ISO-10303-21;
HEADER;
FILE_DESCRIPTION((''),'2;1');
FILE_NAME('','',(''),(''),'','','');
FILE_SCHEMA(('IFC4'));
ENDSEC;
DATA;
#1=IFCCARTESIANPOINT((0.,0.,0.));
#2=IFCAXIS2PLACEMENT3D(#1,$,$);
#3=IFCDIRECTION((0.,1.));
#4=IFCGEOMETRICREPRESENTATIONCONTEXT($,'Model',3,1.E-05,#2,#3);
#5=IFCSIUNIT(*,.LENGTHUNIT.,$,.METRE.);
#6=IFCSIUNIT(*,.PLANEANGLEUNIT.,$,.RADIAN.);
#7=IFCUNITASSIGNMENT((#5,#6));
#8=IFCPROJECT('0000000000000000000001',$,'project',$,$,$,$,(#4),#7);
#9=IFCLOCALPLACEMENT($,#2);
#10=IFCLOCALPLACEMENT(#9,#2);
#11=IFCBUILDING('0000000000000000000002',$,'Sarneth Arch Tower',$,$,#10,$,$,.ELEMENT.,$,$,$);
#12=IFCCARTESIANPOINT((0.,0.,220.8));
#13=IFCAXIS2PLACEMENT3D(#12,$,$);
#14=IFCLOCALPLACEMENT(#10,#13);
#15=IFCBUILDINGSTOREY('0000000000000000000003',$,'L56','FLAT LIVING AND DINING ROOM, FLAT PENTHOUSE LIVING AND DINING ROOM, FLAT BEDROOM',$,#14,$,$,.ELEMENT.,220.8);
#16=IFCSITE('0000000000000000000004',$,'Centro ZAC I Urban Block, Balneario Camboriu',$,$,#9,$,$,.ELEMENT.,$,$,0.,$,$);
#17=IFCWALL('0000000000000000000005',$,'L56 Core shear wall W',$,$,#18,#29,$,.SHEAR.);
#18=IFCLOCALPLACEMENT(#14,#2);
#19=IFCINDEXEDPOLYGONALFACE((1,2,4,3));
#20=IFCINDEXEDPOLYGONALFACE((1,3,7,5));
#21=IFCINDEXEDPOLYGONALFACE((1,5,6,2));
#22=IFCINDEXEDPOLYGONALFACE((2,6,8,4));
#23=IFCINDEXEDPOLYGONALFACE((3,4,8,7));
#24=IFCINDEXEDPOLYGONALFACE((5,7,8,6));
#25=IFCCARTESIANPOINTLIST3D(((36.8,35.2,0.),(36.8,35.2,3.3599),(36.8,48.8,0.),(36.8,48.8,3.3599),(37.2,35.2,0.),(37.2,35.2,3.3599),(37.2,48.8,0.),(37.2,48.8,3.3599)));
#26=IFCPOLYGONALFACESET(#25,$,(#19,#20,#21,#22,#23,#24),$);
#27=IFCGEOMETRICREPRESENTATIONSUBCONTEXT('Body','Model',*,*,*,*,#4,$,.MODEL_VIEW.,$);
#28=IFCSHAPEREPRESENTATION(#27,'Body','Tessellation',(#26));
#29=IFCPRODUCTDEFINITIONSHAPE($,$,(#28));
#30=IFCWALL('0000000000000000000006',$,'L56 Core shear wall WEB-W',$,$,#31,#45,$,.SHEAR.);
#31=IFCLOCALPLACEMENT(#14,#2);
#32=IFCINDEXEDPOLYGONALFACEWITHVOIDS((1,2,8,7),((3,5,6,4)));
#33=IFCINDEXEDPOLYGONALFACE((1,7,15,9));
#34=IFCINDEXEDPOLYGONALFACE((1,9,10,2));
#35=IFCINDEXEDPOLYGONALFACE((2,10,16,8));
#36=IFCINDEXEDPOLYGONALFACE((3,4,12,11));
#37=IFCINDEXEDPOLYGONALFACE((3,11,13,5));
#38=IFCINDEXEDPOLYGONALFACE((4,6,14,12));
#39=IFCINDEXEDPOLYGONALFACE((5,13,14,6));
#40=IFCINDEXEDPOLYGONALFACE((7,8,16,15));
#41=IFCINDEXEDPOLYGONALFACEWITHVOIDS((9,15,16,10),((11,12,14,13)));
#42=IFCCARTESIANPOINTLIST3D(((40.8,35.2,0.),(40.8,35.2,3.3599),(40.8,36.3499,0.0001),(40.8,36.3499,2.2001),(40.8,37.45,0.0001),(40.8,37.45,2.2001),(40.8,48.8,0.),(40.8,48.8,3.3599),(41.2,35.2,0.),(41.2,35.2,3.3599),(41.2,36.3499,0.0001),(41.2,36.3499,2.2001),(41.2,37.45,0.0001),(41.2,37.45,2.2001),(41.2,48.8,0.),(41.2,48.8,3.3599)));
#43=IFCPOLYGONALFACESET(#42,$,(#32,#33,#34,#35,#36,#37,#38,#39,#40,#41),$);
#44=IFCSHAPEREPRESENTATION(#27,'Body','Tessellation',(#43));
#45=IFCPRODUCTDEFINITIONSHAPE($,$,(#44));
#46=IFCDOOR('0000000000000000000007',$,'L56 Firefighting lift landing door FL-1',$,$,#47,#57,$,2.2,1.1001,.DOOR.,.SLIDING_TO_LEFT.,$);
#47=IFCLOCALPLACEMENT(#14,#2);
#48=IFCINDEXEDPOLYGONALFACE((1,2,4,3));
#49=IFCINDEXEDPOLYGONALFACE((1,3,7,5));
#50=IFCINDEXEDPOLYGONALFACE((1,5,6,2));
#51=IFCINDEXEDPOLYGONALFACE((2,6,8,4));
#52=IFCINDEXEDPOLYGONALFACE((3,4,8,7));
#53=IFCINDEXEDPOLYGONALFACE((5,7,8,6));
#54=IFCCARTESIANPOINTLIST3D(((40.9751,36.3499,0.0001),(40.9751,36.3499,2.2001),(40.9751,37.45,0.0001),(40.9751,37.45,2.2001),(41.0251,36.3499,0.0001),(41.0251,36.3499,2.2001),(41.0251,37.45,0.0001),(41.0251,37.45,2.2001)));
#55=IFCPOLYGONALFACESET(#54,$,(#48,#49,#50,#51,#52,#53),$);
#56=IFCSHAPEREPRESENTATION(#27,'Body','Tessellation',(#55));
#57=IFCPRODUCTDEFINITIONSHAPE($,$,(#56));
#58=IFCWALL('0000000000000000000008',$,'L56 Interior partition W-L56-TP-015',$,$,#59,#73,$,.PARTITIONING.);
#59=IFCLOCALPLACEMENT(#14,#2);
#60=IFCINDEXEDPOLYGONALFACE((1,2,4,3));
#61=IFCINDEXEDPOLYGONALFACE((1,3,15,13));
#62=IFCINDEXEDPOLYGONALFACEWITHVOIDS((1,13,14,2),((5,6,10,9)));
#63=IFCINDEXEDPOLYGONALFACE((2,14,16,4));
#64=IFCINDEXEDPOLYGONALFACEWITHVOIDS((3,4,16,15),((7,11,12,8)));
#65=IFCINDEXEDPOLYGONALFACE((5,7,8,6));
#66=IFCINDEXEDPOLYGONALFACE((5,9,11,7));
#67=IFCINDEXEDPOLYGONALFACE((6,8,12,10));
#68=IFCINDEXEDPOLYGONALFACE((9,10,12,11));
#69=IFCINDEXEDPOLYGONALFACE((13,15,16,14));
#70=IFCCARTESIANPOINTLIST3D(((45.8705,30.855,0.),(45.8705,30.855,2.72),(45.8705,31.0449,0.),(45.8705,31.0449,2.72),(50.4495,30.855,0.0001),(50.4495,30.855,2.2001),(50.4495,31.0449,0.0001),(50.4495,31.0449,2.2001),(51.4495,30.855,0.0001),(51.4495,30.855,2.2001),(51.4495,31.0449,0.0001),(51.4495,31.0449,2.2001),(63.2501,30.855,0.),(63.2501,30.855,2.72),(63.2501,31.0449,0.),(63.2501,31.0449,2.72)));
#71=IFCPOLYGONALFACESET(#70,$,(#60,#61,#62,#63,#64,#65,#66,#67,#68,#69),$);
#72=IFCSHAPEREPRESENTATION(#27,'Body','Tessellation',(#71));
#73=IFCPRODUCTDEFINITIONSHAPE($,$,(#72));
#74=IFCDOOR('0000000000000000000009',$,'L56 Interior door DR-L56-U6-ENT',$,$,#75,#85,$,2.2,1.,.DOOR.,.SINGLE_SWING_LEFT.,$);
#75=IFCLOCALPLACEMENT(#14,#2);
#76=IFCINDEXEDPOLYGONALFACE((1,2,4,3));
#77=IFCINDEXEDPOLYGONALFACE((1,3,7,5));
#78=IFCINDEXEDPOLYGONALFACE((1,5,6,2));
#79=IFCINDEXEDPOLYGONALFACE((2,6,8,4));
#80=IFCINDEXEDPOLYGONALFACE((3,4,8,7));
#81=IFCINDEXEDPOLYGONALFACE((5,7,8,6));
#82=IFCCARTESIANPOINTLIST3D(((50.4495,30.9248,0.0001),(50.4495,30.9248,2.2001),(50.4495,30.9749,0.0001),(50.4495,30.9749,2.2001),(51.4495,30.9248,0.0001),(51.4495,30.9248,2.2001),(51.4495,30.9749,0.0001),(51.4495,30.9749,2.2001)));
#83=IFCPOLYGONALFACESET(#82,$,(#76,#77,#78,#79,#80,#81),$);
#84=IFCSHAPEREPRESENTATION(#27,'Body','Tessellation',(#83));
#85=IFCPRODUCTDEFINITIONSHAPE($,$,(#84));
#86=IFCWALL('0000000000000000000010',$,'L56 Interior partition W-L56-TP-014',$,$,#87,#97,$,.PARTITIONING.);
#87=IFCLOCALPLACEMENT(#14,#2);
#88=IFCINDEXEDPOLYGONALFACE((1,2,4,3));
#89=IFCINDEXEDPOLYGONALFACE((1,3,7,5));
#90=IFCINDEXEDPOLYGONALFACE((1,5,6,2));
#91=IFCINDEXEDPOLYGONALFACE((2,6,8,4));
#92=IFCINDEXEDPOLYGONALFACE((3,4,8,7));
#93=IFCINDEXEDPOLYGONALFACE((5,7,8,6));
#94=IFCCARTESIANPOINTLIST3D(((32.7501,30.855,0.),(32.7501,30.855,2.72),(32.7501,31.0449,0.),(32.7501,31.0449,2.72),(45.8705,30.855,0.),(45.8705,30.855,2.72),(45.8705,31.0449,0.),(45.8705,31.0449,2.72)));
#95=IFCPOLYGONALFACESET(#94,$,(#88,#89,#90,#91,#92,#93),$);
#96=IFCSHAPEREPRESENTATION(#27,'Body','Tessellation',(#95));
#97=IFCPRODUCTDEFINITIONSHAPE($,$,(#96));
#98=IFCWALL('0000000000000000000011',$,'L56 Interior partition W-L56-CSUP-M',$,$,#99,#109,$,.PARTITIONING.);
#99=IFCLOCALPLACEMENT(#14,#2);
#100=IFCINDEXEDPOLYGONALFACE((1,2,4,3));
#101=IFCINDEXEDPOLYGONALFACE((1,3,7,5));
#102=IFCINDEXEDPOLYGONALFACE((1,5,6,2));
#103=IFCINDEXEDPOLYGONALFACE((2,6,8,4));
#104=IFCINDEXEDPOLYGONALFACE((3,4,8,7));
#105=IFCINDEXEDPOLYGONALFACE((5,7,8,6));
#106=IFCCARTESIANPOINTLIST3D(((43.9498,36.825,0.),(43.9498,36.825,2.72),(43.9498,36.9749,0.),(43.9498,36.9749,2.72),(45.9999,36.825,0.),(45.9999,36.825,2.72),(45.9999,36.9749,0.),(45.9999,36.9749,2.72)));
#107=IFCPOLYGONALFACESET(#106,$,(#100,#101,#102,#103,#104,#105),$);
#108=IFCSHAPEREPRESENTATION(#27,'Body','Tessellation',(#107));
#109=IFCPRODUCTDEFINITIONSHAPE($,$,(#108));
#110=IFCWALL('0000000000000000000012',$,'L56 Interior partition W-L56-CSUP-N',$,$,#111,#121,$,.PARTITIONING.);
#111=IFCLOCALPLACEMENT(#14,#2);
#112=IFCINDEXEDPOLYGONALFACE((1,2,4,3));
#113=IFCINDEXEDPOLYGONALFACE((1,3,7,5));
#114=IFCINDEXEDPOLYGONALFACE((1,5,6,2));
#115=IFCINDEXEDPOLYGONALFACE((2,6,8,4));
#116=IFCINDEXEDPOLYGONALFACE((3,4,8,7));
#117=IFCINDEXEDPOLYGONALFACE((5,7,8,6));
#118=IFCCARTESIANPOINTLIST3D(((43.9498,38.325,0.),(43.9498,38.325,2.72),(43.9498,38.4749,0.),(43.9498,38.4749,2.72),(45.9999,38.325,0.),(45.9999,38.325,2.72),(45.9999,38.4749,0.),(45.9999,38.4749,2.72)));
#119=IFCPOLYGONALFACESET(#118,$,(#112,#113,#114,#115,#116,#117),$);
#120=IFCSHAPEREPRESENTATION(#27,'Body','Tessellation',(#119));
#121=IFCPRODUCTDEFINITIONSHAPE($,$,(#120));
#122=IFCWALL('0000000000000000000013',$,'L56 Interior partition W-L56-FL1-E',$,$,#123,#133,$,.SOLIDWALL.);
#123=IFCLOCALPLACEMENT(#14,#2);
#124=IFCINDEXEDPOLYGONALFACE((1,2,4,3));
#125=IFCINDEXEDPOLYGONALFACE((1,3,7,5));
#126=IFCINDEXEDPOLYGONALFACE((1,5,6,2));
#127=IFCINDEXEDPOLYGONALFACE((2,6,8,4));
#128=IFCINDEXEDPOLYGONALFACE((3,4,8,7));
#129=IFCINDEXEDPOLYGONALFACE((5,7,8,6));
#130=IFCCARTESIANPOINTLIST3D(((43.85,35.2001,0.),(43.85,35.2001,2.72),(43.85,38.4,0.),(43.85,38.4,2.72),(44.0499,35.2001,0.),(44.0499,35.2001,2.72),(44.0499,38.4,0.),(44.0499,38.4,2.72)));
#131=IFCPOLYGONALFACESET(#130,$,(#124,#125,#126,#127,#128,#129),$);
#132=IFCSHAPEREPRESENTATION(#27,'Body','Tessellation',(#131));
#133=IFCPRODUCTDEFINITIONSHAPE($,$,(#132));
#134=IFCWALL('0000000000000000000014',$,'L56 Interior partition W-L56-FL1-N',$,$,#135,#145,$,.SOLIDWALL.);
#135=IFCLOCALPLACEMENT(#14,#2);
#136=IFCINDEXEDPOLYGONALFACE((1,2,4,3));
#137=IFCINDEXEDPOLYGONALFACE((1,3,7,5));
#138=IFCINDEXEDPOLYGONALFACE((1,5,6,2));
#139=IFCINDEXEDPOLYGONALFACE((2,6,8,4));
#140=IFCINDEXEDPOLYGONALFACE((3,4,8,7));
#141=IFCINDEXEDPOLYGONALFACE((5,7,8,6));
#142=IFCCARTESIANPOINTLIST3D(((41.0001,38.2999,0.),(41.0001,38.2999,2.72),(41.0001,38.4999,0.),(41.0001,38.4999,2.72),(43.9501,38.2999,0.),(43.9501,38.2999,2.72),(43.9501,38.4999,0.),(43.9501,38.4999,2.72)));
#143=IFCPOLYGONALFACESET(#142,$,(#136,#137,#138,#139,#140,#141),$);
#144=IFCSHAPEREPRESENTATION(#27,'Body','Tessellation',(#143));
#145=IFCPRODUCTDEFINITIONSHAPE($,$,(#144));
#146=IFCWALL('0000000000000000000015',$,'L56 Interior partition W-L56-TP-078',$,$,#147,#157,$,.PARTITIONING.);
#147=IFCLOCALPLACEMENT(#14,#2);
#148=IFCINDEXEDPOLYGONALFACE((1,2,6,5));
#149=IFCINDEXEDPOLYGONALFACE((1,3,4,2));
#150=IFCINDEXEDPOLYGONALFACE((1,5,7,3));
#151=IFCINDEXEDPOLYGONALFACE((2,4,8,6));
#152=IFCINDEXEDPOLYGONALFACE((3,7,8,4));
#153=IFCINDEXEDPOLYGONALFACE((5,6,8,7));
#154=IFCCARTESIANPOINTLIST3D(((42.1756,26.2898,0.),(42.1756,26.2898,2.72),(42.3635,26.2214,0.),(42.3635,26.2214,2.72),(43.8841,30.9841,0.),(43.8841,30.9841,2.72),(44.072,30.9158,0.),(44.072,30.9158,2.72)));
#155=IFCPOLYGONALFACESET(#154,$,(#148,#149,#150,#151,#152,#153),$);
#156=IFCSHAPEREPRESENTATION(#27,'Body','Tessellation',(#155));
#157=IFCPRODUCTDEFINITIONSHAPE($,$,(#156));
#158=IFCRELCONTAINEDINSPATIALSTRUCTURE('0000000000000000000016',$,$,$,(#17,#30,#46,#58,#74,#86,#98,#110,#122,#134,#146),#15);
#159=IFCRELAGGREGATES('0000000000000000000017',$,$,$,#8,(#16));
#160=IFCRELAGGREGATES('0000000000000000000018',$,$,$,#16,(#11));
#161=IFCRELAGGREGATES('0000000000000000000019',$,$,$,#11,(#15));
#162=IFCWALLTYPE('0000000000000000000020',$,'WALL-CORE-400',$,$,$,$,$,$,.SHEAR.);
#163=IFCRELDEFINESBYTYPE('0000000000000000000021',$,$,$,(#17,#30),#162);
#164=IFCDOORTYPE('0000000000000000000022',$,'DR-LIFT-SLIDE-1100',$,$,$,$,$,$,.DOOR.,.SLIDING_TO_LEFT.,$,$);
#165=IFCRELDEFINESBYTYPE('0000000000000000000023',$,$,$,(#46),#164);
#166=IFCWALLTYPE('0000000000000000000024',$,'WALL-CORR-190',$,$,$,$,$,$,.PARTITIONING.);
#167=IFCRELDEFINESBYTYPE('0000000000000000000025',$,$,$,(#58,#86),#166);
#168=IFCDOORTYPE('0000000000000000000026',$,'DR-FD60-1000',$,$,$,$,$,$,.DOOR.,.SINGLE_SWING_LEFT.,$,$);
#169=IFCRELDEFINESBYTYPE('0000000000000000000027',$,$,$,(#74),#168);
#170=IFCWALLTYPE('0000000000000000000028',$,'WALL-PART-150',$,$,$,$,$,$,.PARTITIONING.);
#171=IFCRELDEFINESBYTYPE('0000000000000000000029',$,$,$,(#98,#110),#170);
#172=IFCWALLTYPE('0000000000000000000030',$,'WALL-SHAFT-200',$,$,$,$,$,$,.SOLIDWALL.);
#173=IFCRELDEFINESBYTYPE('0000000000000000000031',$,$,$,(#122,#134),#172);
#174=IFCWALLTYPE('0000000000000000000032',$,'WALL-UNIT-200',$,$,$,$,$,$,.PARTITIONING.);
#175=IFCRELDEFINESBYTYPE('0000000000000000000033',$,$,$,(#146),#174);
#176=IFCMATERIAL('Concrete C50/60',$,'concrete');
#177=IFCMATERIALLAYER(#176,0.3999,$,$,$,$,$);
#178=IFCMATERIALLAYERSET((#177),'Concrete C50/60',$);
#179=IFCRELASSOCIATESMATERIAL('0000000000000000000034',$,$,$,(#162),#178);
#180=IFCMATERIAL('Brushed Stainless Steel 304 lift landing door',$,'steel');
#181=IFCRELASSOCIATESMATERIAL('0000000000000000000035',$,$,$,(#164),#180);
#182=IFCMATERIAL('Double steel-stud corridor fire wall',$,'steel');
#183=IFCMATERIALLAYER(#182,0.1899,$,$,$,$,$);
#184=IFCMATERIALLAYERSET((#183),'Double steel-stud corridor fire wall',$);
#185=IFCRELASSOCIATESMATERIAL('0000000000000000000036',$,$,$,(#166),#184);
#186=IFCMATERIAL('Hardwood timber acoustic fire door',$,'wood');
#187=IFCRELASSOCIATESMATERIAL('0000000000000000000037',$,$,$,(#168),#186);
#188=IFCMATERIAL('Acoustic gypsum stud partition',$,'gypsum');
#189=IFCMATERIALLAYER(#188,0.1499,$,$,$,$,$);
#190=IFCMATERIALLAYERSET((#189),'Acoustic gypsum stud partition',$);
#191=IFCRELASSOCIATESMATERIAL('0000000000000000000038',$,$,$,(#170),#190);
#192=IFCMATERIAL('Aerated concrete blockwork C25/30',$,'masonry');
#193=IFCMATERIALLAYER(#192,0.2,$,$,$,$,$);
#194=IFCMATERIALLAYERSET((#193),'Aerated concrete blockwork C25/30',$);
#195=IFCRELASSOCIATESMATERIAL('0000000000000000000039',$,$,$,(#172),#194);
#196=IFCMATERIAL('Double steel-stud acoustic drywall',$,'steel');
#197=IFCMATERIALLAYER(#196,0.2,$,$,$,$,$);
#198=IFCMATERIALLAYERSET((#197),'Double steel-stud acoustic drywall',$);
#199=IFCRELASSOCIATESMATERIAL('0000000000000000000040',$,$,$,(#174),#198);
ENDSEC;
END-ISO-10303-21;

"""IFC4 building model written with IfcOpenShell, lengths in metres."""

from ifc_helpers import new_model, si_unit, direction, frame, frame_2d, origin, place, context, subcontext, project, spatial, rectangle, extrude, material, layer, layer_set, type_object, element, fill, save


model = new_model("IFC4")

# Units and contexts
model_context = context("Model", 3, precision=1e-05, world=origin(), true_north=direction((0.0, 1.0)))
body_context = subcontext(model_context, "Body", "Model", "MODEL_VIEW")
ifc_project = project(units=[si_unit("LENGTHUNIT", "METRE"), si_unit("PLANEANGLEUNIT", "RADIAN")], contexts=[model_context])

# Site, building, storey
site_placement = place(None, origin())
site = spatial("IfcSite", under=ifc_project, at=site_placement, Name="Centro ZAC I Urban Block, Balneario Camboriu", CompositionType="ELEMENT", RefElevation=0.0)
building_placement = place(site_placement, origin())
building = spatial("IfcBuilding", under=site, at=building_placement, Name="Sarneth Arch Tower", CompositionType="ELEMENT")
storey_placement = place(building_placement, frame((0.0, 0.0, 220.8)))
storey = spatial("IfcBuildingStorey", under=building, at=storey_placement, Name="L56", Description="FLAT LIVING AND DINING ROOM, FLAT PENTHOUSE LIVING AND DINING ROOM, FLAT BEDROOM", CompositionType="ELEMENT", Elevation=220.8)

# Shared definitions
ifc_material_1 = material(Name="Concrete C50/60", Category="concrete")
ifc_layer_1 = layer(ifc_material_1, 0.3999)
ifc_layer_set_1 = layer_set([ifc_layer_1], Name="Concrete C50/60")
wall_type_1 = type_object("IfcWallType", Name="WALL-CORE-400", PredefinedType="SHEAR", material=ifc_layer_set_1)

# Wall
wall_1_placement = place(storey_placement, frame((37.0, 35.2, 0.0), z_axis=(0.0, 0.0, 1.0), x_axis=(0.0, 1.0, 0.0)))
element("IfcWall", 1, at=wall_1_placement, inside=storey, type_object=wall_type_1, Name="L56 Core shear wall W", PredefinedType="SHEAR", context=body_context, shape_type="SweptSolid", body=[
    extrude(rectangle(XDim=13.6001, YDim=0.3999, at=frame_2d((6.8, 0.0))), origin(), (0.0, 0.0, 1.0), 3.3599),
])

# Walls, openings, doors
wall_2_placement = place(storey_placement, frame((41.0, 35.2, 0.0), z_axis=(0.0, 0.0, 1.0), x_axis=(0.0, 1.0, 0.0)))
wall_2 = element("IfcWall", 2, at=wall_2_placement, inside=storey, type_object=wall_type_1, Name="L56 Core shear wall WEB-W", PredefinedType="SHEAR", context=body_context, shape_type="SweptSolid", body=[
    extrude(rectangle(XDim=13.6001, YDim=0.3999, at=frame_2d((6.8, 0.0))), origin(), (0.0, 0.0, 1.0), 3.3599),
])
opening_1_placement = place(wall_2_placement, frame((1.1499, 0.0, 0.0)))
opening_1 = element("IfcOpeningElement", 3, at=opening_1_placement, cuts=wall_2, PredefinedType="OPENING", context=body_context, shape_type="SweptSolid", body=[
    extrude(rectangle(XDim=1.1001, YDim=2.2, at=frame_2d((0.55, 1.1001))), frame((0.0, 0.21, 0.0), z_axis=(0.0, -1.0, 0.0), x_axis=(1.0, 0.0, 0.0)), (0.0, 0.0, 1.0), 0.4199),
])
ifc_material_2 = material(Name="Brushed Stainless Steel 304 lift landing door", Category="steel")
door_type_1 = type_object("IfcDoorType", Name="DR-LIFT-SLIDE-1100", OperationType="SLIDING_TO_LEFT", PredefinedType="DOOR", material=ifc_material_2)
door_1_placement = place(opening_1_placement, origin())
door_1 = element("IfcDoor", 4, at=door_1_placement, inside=storey, type_object=door_type_1, Name="L56 Firefighting lift landing door FL-1", OperationType="SLIDING_TO_LEFT", OverallHeight=2.2, OverallWidth=1.1001, PredefinedType="DOOR", context=body_context, shape_type="SweptSolid", body=[
    extrude(rectangle(XDim=1.1001, YDim=2.2, at=frame_2d((0.55, 1.1001))), frame((0.0, 0.0249, 0.0), z_axis=(0.0, -1.0, 0.0), x_axis=(1.0, 0.0, 0.0)), (0.0, 0.0, 1.0), 0.05),
])
fill(opening_1, door_1)
ifc_material_3 = material(Name="Double steel-stud corridor fire wall", Category="steel")
ifc_layer_2 = layer(ifc_material_3, 0.1899)
ifc_layer_set_2 = layer_set([ifc_layer_2], Name="Double steel-stud corridor fire wall")
wall_type_2 = type_object("IfcWallType", Name="WALL-CORR-190", PredefinedType="PARTITIONING", material=ifc_layer_set_2)
wall_3_placement = place(storey_placement, frame((45.8704, 30.95, 0.0), z_axis=(0.0, 0.0, 1.0), x_axis=(1.0, 0.0, 0.0)))
wall_3 = element("IfcWall", 5, at=wall_3_placement, inside=storey, type_object=wall_type_2, Name="L56 Interior partition W-L56-TP-015", PredefinedType="PARTITIONING", context=body_context, shape_type="SweptSolid", body=[
    extrude(rectangle(XDim=17.3796, YDim=0.1899, at=frame_2d((8.6899, 0.0))), origin(), (0.0, 0.0, 1.0), 2.72),
])
opening_2_placement = place(wall_3_placement, frame((4.5791, 0.0, 0.0)))
opening_2 = element("IfcOpeningElement", 6, at=opening_2_placement, cuts=wall_3, PredefinedType="OPENING", context=body_context, shape_type="SweptSolid", body=[
    extrude(rectangle(XDim=1.0, YDim=2.2, at=frame_2d((0.5, 1.1001))), frame((0.0, 0.105, 0.0), z_axis=(0.0, -1.0, 0.0), x_axis=(1.0, 0.0, 0.0)), (0.0, 0.0, 1.0), 0.21),
])
ifc_material_4 = material(Name="Hardwood timber acoustic fire door", Category="wood")
door_type_2 = type_object("IfcDoorType", Name="DR-FD60-1000", OperationType="SINGLE_SWING_LEFT", PredefinedType="DOOR", material=ifc_material_4)
door_2_placement = place(opening_2_placement, origin())
door_2 = element("IfcDoor", 7, at=door_2_placement, inside=storey, type_object=door_type_2, Name="L56 Interior door DR-L56-U6-ENT", OperationType="SINGLE_SWING_LEFT", OverallHeight=2.2, OverallWidth=1.0, PredefinedType="DOOR", context=body_context, shape_type="SweptSolid", body=[
    extrude(rectangle(XDim=1.0, YDim=2.2, at=frame_2d((0.5, 1.1001))), frame((0.0, 0.0249, 0.0), z_axis=(0.0, -1.0, 0.0), x_axis=(1.0, 0.0, 0.0)), (0.0, 0.0, 1.0), 0.05),
])
fill(opening_2, door_2)

# Wall
wall_4_placement = place(storey_placement, frame((45.8704, 30.95, 0.0), z_axis=(0.0, 0.0, 1.0), x_axis=(-1.0, 0.0, 0.0)))
element("IfcWall", 8, at=wall_4_placement, inside=storey, type_object=wall_type_2, Name="L56 Interior partition W-L56-TP-014", PredefinedType="PARTITIONING", context=body_context, shape_type="SweptSolid", body=[
    extrude(rectangle(XDim=13.1204, YDim=0.1899, at=frame_2d((6.5601, 0.0))), origin(), (0.0, 0.0, 1.0), 2.72),
])

# Shared definitions
ifc_material_5 = material(Name="Acoustic gypsum stud partition", Category="gypsum")
ifc_layer_3 = layer(ifc_material_5, 0.1499)
ifc_layer_set_3 = layer_set([ifc_layer_3], Name="Acoustic gypsum stud partition")
wall_type_3 = type_object("IfcWallType", Name="WALL-PART-150", PredefinedType="PARTITIONING", material=ifc_layer_set_3)

# Walls
for number, where, z_axis, x_axis, name in (
    (9, (43.95, 36.8999, 0.0), (0.0, 0.0, 1.0), (1.0, 0.0, 0.0), "L56 Interior partition W-L56-CSUP-M"),
    (10, (43.95, 38.3999, 0.0), (0.0, 0.0, 1.0), (1.0, 0.0, 0.0), "L56 Interior partition W-L56-CSUP-N"),
):
    element("IfcWall", number, at=place(storey_placement, frame(where, z_axis=z_axis, x_axis=x_axis)), inside=storey, type_object=wall_type_3, Name=name, PredefinedType="PARTITIONING", context=body_context, shape_type="SweptSolid", body=[
        extrude(rectangle(XDim=2.05, YDim=0.1499, at=frame_2d((1.0249, 0.0))), origin(), (0.0, 0.0, 1.0), 2.72),
    ])

# Shared definitions
ifc_material_6 = material(Name="Aerated concrete blockwork C25/30", Category="masonry")
ifc_layer_4 = layer(ifc_material_6, 0.2)
ifc_layer_set_4 = layer_set([ifc_layer_4], Name="Aerated concrete blockwork C25/30")
wall_type_4 = type_object("IfcWallType", Name="WALL-SHAFT-200", PredefinedType="SOLIDWALL", material=ifc_layer_set_4)

# Walls
wall_5_placement = place(storey_placement, frame((43.95, 35.2, 0.0), z_axis=(0.0, 0.0, 1.0), x_axis=(0.0, 1.0, 0.0)))
element("IfcWall", 11, at=wall_5_placement, inside=storey, type_object=wall_type_4, Name="L56 Interior partition W-L56-FL1-E", PredefinedType="SOLIDWALL", context=body_context, shape_type="SweptSolid", body=[
    extrude(rectangle(XDim=3.2, YDim=0.2, at=frame_2d((1.6001, 0.0))), origin(), (0.0, 0.0, 1.0), 2.72),
])
wall_6_placement = place(storey_placement, frame((41.0, 38.3999, 0.0), z_axis=(0.0, 0.0, 1.0), x_axis=(1.0, 0.0, 0.0)))
element("IfcWall", 12, at=wall_6_placement, inside=storey, type_object=wall_type_4, Name="L56 Interior partition W-L56-FL1-N", PredefinedType="SOLIDWALL", context=body_context, shape_type="SweptSolid", body=[
    extrude(rectangle(XDim=2.95, YDim=0.2, at=frame_2d((1.4751, 0.0))), origin(), (0.0, 0.0, 1.0), 2.72),
])
ifc_material_7 = material(Name="Double steel-stud acoustic drywall", Category="steel")
ifc_layer_5 = layer(ifc_material_7, 0.2)
ifc_layer_set_5 = layer_set([ifc_layer_5], Name="Double steel-stud acoustic drywall")
wall_type_5 = type_object("IfcWallType", Name="WALL-UNIT-200", PredefinedType="PARTITIONING", material=ifc_layer_set_5)
wall_7_placement = place(storey_placement, frame((43.978, 30.95, 0.0), z_axis=(0.0, 0.0, 1.0), x_axis=(-0.342002, -0.939699, 0.0)))
element("IfcWall", 13, at=wall_7_placement, inside=storey, type_object=wall_type_5, Name="L56 Interior partition W-L56-TP-078", PredefinedType="PARTITIONING", context=body_context, shape_type="SweptSolid", body=[
    extrude(rectangle(XDim=4.9956, YDim=0.2, at=frame_2d((2.4978, 0.0))), origin(), (0.0, 0.0, 1.0), 2.72),
])

save(model, "model.ifc")
